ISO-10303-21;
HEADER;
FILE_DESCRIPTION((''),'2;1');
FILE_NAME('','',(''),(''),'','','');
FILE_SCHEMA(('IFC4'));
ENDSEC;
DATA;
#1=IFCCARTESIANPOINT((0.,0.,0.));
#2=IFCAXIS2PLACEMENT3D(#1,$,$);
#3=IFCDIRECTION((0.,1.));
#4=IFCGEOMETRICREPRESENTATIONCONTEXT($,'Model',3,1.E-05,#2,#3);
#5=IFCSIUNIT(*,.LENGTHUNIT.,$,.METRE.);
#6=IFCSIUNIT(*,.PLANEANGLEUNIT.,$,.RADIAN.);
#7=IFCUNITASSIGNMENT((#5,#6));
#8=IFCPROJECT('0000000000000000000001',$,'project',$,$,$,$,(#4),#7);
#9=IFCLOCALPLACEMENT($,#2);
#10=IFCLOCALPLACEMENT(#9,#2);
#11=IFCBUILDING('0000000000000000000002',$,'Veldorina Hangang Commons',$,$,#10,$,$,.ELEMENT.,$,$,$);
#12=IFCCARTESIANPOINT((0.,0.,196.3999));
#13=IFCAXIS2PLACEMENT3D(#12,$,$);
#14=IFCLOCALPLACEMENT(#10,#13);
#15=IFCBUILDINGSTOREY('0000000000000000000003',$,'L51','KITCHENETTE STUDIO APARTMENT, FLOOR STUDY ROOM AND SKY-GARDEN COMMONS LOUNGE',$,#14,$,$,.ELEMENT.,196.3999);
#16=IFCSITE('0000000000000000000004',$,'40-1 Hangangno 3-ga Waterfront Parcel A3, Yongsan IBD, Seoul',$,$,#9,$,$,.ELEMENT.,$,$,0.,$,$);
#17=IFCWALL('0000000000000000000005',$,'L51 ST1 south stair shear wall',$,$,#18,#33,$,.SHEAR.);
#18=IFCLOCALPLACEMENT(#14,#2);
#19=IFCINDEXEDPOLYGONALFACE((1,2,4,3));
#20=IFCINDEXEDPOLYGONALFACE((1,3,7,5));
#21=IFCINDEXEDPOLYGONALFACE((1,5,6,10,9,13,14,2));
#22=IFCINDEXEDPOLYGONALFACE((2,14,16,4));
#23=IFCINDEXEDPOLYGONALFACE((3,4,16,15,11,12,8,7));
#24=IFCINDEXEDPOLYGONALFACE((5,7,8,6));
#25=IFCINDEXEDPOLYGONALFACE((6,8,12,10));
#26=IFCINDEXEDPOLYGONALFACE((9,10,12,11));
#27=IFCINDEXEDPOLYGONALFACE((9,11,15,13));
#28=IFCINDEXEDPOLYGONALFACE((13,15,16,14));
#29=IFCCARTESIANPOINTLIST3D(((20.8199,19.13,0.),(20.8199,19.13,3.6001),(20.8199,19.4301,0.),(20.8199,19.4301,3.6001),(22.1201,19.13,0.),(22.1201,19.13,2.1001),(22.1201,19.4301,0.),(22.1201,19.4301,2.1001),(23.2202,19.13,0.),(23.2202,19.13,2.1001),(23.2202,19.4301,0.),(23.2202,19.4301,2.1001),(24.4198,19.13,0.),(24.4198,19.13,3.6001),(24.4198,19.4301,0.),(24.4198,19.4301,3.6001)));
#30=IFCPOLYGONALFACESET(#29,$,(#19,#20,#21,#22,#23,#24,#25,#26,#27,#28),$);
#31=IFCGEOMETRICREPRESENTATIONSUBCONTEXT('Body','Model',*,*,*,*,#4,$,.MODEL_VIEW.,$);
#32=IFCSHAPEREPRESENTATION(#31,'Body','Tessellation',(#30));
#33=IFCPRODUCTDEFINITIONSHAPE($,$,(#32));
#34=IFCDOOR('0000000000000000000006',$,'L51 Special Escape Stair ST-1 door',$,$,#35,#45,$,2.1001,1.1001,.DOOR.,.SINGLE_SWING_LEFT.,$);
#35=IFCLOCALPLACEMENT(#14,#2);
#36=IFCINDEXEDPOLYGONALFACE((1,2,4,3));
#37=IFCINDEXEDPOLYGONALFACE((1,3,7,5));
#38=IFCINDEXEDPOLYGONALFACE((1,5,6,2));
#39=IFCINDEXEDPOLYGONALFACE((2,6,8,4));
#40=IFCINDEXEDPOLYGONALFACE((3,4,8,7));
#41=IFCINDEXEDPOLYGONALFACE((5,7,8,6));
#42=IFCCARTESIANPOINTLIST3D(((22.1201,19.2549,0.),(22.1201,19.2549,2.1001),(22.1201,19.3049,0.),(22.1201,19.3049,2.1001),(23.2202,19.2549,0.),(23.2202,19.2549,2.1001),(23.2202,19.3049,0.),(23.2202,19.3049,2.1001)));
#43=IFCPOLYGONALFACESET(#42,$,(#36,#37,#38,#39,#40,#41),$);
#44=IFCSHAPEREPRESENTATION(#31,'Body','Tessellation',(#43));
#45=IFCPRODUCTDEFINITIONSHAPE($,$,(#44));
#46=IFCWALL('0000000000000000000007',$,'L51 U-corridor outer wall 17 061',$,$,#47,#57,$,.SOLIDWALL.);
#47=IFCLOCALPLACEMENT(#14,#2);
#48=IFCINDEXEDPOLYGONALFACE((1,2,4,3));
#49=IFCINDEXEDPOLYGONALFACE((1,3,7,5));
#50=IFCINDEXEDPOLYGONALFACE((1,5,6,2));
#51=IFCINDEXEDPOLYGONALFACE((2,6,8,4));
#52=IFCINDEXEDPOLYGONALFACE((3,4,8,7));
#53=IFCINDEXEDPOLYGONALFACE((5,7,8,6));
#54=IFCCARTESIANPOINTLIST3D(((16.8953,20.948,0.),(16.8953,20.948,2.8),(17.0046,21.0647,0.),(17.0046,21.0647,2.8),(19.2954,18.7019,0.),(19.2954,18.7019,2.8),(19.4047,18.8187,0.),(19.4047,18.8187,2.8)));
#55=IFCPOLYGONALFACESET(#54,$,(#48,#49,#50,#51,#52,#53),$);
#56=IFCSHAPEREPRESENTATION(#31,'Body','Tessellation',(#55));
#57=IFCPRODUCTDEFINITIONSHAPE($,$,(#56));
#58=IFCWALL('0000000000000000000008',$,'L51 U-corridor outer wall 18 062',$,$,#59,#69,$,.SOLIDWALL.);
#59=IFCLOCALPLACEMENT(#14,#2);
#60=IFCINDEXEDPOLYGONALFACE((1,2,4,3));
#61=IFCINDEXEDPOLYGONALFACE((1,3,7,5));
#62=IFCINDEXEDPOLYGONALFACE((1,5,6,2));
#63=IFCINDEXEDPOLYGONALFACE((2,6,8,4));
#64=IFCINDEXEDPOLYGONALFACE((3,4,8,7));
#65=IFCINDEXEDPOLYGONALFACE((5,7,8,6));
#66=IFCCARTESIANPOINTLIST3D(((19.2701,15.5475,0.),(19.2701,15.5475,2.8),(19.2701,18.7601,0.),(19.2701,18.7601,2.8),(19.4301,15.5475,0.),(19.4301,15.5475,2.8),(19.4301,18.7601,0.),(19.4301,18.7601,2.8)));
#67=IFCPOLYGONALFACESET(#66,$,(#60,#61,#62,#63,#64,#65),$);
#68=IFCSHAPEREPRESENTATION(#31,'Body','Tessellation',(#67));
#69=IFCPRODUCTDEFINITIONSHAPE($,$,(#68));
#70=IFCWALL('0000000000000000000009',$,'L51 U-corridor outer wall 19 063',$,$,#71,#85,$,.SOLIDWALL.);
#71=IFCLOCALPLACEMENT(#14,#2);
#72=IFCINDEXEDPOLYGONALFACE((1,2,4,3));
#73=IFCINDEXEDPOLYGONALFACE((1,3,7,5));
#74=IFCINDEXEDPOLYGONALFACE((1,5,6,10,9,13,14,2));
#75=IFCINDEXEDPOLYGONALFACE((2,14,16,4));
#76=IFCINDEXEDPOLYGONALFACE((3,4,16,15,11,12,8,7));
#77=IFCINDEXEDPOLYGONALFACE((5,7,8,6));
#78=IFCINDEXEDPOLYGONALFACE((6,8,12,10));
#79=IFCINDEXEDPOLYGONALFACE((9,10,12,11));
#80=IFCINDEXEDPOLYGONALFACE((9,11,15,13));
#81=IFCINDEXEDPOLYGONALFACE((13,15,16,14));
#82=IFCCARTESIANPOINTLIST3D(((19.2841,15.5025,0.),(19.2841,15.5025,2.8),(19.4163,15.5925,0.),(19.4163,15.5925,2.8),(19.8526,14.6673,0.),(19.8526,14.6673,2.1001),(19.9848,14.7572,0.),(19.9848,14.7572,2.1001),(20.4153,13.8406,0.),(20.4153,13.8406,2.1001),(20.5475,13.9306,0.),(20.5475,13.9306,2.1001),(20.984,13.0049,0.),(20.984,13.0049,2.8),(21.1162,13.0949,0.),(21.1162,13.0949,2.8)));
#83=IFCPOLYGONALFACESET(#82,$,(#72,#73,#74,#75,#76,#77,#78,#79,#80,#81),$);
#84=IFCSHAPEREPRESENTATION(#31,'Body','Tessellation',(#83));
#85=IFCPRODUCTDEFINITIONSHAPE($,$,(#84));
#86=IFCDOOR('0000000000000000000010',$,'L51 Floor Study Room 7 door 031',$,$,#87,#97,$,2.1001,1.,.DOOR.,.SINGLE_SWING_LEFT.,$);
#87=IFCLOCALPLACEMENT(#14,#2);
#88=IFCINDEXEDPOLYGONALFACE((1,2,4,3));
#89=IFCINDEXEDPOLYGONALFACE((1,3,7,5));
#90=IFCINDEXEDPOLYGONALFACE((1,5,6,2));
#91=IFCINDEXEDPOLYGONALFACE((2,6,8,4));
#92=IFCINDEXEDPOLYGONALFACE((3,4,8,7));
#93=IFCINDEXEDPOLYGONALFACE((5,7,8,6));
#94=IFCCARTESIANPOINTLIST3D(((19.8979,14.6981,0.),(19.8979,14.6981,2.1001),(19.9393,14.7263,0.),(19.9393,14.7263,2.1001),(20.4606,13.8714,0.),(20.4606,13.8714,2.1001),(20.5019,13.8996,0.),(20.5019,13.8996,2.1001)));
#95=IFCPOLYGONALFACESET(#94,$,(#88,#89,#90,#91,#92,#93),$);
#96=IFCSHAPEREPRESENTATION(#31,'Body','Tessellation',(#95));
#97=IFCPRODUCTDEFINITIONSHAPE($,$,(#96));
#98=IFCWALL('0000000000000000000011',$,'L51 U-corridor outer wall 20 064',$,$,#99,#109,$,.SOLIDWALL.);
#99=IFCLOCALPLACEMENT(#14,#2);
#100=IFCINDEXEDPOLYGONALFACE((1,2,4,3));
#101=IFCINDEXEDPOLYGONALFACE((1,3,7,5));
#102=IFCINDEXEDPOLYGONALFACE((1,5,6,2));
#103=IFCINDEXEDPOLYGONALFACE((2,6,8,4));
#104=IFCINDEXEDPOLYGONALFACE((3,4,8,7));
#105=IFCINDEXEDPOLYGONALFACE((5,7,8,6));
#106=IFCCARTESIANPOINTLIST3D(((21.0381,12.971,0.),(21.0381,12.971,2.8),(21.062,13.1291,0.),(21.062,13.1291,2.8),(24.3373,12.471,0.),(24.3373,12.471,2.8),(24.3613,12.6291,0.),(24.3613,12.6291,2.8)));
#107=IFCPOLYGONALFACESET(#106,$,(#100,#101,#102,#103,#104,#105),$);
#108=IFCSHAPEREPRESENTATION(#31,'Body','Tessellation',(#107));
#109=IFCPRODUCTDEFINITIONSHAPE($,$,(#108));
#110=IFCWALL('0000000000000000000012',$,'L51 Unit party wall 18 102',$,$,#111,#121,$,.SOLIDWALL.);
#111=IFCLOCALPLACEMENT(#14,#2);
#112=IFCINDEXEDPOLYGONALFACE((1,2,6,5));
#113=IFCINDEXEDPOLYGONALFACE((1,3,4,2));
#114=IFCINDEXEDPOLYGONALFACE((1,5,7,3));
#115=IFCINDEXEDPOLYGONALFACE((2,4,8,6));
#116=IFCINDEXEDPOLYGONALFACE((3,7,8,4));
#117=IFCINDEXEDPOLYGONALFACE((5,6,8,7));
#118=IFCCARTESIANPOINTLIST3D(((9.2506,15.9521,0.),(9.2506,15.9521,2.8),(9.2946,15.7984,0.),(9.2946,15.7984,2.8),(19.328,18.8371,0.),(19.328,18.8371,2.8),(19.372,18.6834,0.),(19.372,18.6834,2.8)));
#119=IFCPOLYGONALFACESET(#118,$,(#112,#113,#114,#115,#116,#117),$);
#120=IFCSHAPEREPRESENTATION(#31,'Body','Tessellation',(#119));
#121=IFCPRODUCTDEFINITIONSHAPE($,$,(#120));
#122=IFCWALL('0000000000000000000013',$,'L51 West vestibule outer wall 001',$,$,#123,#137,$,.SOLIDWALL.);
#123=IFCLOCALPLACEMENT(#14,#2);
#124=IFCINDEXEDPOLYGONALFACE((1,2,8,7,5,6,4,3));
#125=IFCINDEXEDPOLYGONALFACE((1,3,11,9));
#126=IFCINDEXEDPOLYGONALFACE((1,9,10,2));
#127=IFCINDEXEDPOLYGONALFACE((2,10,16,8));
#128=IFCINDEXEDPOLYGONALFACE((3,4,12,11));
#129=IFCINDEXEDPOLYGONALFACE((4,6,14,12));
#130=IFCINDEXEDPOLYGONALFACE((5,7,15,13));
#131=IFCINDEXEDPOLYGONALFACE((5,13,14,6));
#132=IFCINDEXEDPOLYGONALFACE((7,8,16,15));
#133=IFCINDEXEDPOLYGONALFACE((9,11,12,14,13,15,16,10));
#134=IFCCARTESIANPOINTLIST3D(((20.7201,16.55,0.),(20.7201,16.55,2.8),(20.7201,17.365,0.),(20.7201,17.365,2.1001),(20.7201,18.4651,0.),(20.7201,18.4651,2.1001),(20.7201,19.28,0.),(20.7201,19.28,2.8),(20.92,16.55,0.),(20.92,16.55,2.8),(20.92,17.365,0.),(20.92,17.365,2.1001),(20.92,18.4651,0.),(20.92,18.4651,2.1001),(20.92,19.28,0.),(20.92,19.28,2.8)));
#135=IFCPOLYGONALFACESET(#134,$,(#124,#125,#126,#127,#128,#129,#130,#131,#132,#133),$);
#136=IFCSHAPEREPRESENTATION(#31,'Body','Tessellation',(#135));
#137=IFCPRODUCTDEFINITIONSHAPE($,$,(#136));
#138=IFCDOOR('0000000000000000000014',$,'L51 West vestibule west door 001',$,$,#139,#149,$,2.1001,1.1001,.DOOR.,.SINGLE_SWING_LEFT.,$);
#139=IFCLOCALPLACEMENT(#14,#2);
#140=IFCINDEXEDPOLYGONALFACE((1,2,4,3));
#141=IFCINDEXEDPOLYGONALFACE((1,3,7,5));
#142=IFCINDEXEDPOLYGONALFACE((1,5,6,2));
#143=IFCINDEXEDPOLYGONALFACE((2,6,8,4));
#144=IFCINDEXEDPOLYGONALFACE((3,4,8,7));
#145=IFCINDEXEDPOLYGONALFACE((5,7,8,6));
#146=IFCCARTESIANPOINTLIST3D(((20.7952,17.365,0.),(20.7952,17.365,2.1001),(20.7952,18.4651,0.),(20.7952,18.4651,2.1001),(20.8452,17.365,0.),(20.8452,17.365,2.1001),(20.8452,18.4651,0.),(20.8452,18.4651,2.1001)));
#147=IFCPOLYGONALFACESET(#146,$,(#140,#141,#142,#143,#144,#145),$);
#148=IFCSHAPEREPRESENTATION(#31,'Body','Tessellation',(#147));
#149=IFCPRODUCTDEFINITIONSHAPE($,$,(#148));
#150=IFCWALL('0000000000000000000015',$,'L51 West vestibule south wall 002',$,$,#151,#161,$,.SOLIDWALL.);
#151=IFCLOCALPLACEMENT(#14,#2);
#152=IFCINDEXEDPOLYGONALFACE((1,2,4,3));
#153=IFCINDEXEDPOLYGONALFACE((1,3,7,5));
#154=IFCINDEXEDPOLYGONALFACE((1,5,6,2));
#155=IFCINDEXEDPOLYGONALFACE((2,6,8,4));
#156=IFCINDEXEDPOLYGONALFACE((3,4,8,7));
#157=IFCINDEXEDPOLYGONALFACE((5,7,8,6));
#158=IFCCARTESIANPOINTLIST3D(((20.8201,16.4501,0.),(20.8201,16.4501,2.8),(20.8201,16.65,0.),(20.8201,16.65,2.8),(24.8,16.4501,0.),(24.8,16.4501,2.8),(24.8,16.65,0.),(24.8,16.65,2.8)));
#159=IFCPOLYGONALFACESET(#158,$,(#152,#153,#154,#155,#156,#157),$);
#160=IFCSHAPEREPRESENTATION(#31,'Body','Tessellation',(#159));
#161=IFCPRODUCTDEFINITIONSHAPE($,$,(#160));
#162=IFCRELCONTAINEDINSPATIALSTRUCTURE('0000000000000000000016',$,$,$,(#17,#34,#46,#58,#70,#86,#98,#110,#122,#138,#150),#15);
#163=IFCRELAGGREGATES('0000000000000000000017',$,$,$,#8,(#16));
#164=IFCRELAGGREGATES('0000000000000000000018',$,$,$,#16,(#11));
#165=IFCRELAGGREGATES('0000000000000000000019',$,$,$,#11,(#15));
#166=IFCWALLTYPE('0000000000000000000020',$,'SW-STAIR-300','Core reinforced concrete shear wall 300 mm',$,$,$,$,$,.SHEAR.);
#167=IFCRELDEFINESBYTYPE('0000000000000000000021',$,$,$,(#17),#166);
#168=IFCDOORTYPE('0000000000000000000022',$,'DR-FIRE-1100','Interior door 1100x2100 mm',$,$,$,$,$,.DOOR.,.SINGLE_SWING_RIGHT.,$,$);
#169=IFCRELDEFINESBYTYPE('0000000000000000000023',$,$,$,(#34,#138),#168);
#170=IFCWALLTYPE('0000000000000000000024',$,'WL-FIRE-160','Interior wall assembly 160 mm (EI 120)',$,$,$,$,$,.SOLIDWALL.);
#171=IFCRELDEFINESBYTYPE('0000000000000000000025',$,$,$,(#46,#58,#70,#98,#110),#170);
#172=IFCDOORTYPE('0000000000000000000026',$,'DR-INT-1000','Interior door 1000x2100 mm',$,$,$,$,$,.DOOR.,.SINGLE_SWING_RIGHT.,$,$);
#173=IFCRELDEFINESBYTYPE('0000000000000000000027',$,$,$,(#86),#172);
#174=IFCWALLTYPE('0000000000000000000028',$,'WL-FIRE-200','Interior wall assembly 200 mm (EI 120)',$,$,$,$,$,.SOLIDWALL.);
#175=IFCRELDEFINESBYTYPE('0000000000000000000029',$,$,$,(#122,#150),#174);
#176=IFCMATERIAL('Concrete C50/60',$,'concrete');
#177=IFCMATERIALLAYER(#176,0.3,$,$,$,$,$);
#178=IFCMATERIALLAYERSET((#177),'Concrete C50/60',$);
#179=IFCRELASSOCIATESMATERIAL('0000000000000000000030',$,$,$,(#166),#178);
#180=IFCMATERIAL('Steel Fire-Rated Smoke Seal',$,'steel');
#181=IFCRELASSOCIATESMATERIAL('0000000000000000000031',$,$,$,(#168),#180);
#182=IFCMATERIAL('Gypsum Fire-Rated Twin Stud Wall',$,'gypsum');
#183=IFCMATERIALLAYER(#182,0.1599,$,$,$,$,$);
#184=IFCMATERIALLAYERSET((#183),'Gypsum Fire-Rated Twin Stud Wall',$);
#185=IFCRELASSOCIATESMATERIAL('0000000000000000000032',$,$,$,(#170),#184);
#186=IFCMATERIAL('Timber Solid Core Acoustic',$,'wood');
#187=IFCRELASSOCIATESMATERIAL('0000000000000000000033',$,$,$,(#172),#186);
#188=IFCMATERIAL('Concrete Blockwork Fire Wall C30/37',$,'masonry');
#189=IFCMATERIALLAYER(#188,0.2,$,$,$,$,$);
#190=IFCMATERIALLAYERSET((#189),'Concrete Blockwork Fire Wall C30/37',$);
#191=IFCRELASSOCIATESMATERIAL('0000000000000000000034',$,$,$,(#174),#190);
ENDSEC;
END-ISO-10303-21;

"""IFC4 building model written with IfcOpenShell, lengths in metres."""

from ifc_helpers import new_model, si_unit, direction, frame, frame_2d, origin, place, context, subcontext, project, spatial, rectangle, extrude, material, layer, layer_set, type_object, element, fill, save


model = new_model("IFC4")

# Units and contexts
model_context = context("Model", 3, precision=1e-05, world=origin(), true_north=direction((0.0, 1.0)))
body_context = subcontext(model_context, "Body", "Model", "MODEL_VIEW")
ifc_project = project(units=[si_unit("LENGTHUNIT", "METRE"), si_unit("PLANEANGLEUNIT", "RADIAN")], contexts=[model_context])

# Site, building, storey
site_placement = place(None, origin())
site = spatial("IfcSite", under=ifc_project, at=site_placement, Name="40-1 Hangangno 3-ga Waterfront Parcel A3, Yongsan IBD, Seoul", CompositionType="ELEMENT", RefElevation=0.0)
building_placement = place(site_placement, origin())
building = spatial("IfcBuilding", under=site, at=building_placement, Name="Veldorina Hangang Commons", CompositionType="ELEMENT")
storey_placement = place(building_placement, frame((0.0, 0.0, 196.3999)))
storey = spatial("IfcBuildingStorey", under=building, at=storey_placement, Name="L51", Description="KITCHENETTE STUDIO APARTMENT, FLOOR STUDY ROOM AND SKY-GARDEN COMMONS LOUNGE", CompositionType="ELEMENT", Elevation=196.3999)

# Shared definitions
ifc_material_1 = material(Name="Concrete C50/60", Category="concrete")
ifc_layer_1 = layer(ifc_material_1, 0.3)
ifc_layer_set_1 = layer_set([ifc_layer_1], Name="Concrete C50/60")
wall_type_1 = type_object("IfcWallType", Name="SW-STAIR-300", Description="Core reinforced concrete shear wall 300 mm", PredefinedType="SHEAR", material=ifc_layer_set_1)

# Wall, opening, door
wall_1_placement = place(storey_placement, frame((20.8201, 19.28, 0.0), z_axis=(0.0, 0.0, 1.0), x_axis=(1.0, 0.0, 0.0)))
wall_1 = element("IfcWall", 1, at=wall_1_placement, inside=storey, type_object=wall_type_1, Name="L51 ST1 south stair shear wall", PredefinedType="SHEAR", context=body_context, shape_type="SweptSolid", body=[
    extrude(rectangle(XDim=3.5999, YDim=0.3, at=frame_2d((1.7998, 0.0))), origin(), (0.0, 0.0, 1.0), 3.6001),
])
opening_1_placement = place(wall_1_placement, frame((1.3, 0.0, 0.0)))
opening_1 = element("IfcOpeningElement", 2, at=opening_1_placement, cuts=wall_1, PredefinedType="OPENING", context=body_context, shape_type="SweptSolid", body=[
    extrude(rectangle(XDim=1.1001, YDim=2.1001, at=frame_2d((0.55, 1.05))), frame((0.0, 0.1602, 0.0), z_axis=(0.0, -1.0, 0.0), x_axis=(1.0, 0.0, 0.0)), (0.0, 0.0, 1.0), 0.3201),
])
ifc_material_2 = material(Name="Steel Fire-Rated Smoke Seal", Category="steel")
door_type_1 = type_object("IfcDoorType", Name="DR-FIRE-1100", Description="Interior door 1100x2100 mm", OperationType="SINGLE_SWING_RIGHT", PredefinedType="DOOR", material=ifc_material_2)
door_1_placement = place(opening_1_placement, origin())
door_1 = element("IfcDoor", 3, at=door_1_placement, inside=storey, type_object=door_type_1, Name="L51 Special Escape Stair ST-1 door", OperationType="SINGLE_SWING_LEFT", OverallHeight=2.1001, OverallWidth=1.1001, PredefinedType="DOOR", context=body_context, shape_type="SweptSolid", body=[
    extrude(rectangle(XDim=1.1001, YDim=2.1001, at=frame_2d((0.55, 1.05))), frame((0.0, 0.0249, 0.0), z_axis=(0.0, -1.0, 0.0), x_axis=(1.0, 0.0, 0.0)), (0.0, 0.0, 1.0), 0.05),
])
fill(opening_1, door_1)

# Walls
ifc_material_3 = material(Name="Gypsum Fire-Rated Twin Stud Wall", Category="gypsum")
ifc_layer_2 = layer(ifc_material_3, 0.1599)
ifc_layer_set_2 = layer_set([ifc_layer_2], Name="Gypsum Fire-Rated Twin Stud Wall")
wall_type_2 = type_object("IfcWallType", Name="WL-FIRE-160", Description="Interior wall assembly 160 mm (EI 120)", PredefinedType="SOLIDWALL", material=ifc_layer_set_2)
wall_2_placement = place(storey_placement, frame((16.95, 21.0063, 0.0), z_axis=(0.0, 0.0, 1.0), x_axis=(0.730151, -0.683286, 0.0)))
element("IfcWall", 4, at=wall_2_placement, inside=storey, type_object=wall_type_2, Name="L51 U-corridor outer wall 17 061", PredefinedType="SOLIDWALL", context=body_context, shape_type="SweptSolid", body=[
    extrude(rectangle(XDim=3.2871, YDim=0.1599, at=frame_2d((1.6436, 0.0))), origin(), (0.0, 0.0, 1.0), 2.8),
])
wall_3_placement = place(storey_placement, frame((19.3501, 18.7603, 0.0), z_axis=(0.0, 0.0, 1.0), x_axis=(0.0, -1.0, 0.0)))
element("IfcWall", 5, at=wall_3_placement, inside=storey, type_object=wall_type_2, Name="L51 U-corridor outer wall 18 062", PredefinedType="SOLIDWALL", context=body_context, shape_type="SweptSolid", body=[
    extrude(rectangle(XDim=3.2126, YDim=0.1599, at=frame_2d((1.6064, 0.0))), origin(), (0.0, 0.0, 1.0), 2.8),
])

# Wall, opening, door
wall_4_placement = place(storey_placement, frame((19.3501, 15.5476, 0.0), z_axis=(0.0, 0.0, 1.0), x_axis=(0.562675, -0.826678, 0.0)))
wall_4 = element("IfcWall", 6, at=wall_4_placement, inside=storey, type_object=wall_type_2, Name="L51 U-corridor outer wall 19 063", PredefinedType="SOLIDWALL", context=body_context, shape_type="SweptSolid", body=[
    extrude(rectangle(XDim=3.0212, YDim=0.1599, at=frame_2d((1.5107, 0.0))), origin(), (0.0, 0.0, 1.0), 2.8),
])
opening_2_placement = place(wall_4_placement, frame((1.0105, 0.0, 0.0)))
opening_2 = element("IfcOpeningElement", 7, at=opening_2_placement, cuts=wall_4, PredefinedType="OPENING", context=body_context, shape_type="SweptSolid", body=[
    extrude(rectangle(XDim=1.0, YDim=2.1001, at=frame_2d((0.5, 1.05))), frame((0.0, 0.0898, 0.0), z_axis=(0.0, -1.0, 0.0), x_axis=(1.0, 0.0, 0.0)), (0.0, 0.0, 1.0), 0.1799),
])
ifc_material_4 = material(Name="Timber Solid Core Acoustic", Category="wood")
door_type_2 = type_object("IfcDoorType", Name="DR-INT-1000", Description="Interior door 1000x2100 mm", OperationType="SINGLE_SWING_RIGHT", PredefinedType="DOOR", material=ifc_material_4)
door_2_placement = place(opening_2_placement, origin())
door_2 = element("IfcDoor", 8, at=door_2_placement, inside=storey, type_object=door_type_2, Name="L51 Floor Study Room 7 door 031", OperationType="SINGLE_SWING_LEFT", OverallHeight=2.1001, OverallWidth=1.0, PredefinedType="DOOR", context=body_context, shape_type="SweptSolid", body=[
    extrude(rectangle(XDim=1.0, YDim=2.1001, at=frame_2d((0.5, 1.05))), frame((0.0, 0.0249, 0.0), z_axis=(0.0, -1.0, 0.0), x_axis=(1.0, 0.0, 0.0)), (0.0, 0.0, 1.0), 0.05),
])
fill(opening_2, door_2)

# Walls
wall_5_placement = place(storey_placement, frame((21.05, 13.05, 0.0), z_axis=(0.0, 0.0, 1.0), x_axis=(0.988711, -0.149836, 0.0)))
element("IfcWall", 9, at=wall_5_placement, inside=storey, type_object=wall_type_2, Name="L51 U-corridor outer wall 20 064", PredefinedType="SOLIDWALL", context=body_context, shape_type="SweptSolid", body=[
    extrude(rectangle(XDim=3.3369, YDim=0.1599, at=frame_2d((1.6685, 0.0))), origin(), (0.0, 0.0, 1.0), 2.8),
])
wall_6_placement = place(storey_placement, frame((19.3501, 18.7603, 0.0), z_axis=(0.0, 0.0, 1.0), x_axis=(-0.961379, -0.275229, 0.0)))
element("IfcWall", 10, at=wall_6_placement, inside=storey, type_object=wall_type_2, Name="L51 Unit party wall 18 102", PredefinedType="SOLIDWALL", context=body_context, shape_type="SweptSolid", body=[
    extrude(rectangle(XDim=10.4822, YDim=0.1599, at=frame_2d((5.2412, 0.0))), origin(), (0.0, 0.0, 1.0), 2.8),
])

# Wall, opening, door
ifc_material_5 = material(Name="Concrete Blockwork Fire Wall C30/37", Category="masonry")
ifc_layer_3 = layer(ifc_material_5, 0.2)
ifc_layer_set_3 = layer_set([ifc_layer_3], Name="Concrete Blockwork Fire Wall C30/37")
wall_type_3 = type_object("IfcWallType", Name="WL-FIRE-200", Description="Interior wall assembly 200 mm (EI 120)", PredefinedType="SOLIDWALL", material=ifc_layer_set_3)
wall_7_placement = place(storey_placement, frame((20.8201, 16.55, 0.0), z_axis=(0.0, 0.0, 1.0), x_axis=(0.0, 1.0, 0.0)))
wall_7 = element("IfcWall", 11, at=wall_7_placement, inside=storey, type_object=wall_type_3, Name="L51 West vestibule outer wall 001", PredefinedType="SOLIDWALL", context=body_context, shape_type="SweptSolid", body=[
    extrude(rectangle(XDim=2.73, YDim=0.2, at=frame_2d((1.365, 0.0))), origin(), (0.0, 0.0, 1.0), 2.8),
])
opening_3_placement = place(wall_7_placement, frame((0.8149, 0.0, 0.0)))
opening_3 = element("IfcOpeningElement", 12, at=opening_3_placement, cuts=wall_7, PredefinedType="OPENING", context=body_context, shape_type="SweptSolid", body=[
    extrude(rectangle(XDim=1.1001, YDim=2.1001, at=frame_2d((0.55, 1.05))), frame((0.0, 0.1099, 0.0), z_axis=(0.0, -1.0, 0.0), x_axis=(1.0, 0.0, 0.0)), (0.0, 0.0, 1.0), 0.22),
])
door_3_placement = place(opening_3_placement, origin())
door_3 = element("IfcDoor", 13, at=door_3_placement, inside=storey, type_object=door_type_1, Name="L51 West vestibule west door 001", OperationType="SINGLE_SWING_LEFT", OverallHeight=2.1001, OverallWidth=1.1001, PredefinedType="DOOR", context=body_context, shape_type="SweptSolid", body=[
    extrude(rectangle(XDim=1.1001, YDim=2.1001, at=frame_2d((0.55, 1.05))), frame((0.0, 0.0249, 0.0), z_axis=(0.0, -1.0, 0.0), x_axis=(1.0, 0.0, 0.0)), (0.0, 0.0, 1.0), 0.05),
])
fill(opening_3, door_3)

# Wall
wall_8_placement = place(storey_placement, frame((20.8201, 16.55, 0.0), z_axis=(0.0, 0.0, 1.0), x_axis=(1.0, 0.0, 0.0)))
element("IfcWall", 14, at=wall_8_placement, inside=storey, type_object=wall_type_3, Name="L51 West vestibule south wall 002", PredefinedType="SOLIDWALL", context=body_context, shape_type="SweptSolid", body=[
    extrude(rectangle(XDim=3.98, YDim=0.2, at=frame_2d((1.99, 0.0))), origin(), (0.0, 0.0, 1.0), 2.8),
])

save(model, "model.ifc")
